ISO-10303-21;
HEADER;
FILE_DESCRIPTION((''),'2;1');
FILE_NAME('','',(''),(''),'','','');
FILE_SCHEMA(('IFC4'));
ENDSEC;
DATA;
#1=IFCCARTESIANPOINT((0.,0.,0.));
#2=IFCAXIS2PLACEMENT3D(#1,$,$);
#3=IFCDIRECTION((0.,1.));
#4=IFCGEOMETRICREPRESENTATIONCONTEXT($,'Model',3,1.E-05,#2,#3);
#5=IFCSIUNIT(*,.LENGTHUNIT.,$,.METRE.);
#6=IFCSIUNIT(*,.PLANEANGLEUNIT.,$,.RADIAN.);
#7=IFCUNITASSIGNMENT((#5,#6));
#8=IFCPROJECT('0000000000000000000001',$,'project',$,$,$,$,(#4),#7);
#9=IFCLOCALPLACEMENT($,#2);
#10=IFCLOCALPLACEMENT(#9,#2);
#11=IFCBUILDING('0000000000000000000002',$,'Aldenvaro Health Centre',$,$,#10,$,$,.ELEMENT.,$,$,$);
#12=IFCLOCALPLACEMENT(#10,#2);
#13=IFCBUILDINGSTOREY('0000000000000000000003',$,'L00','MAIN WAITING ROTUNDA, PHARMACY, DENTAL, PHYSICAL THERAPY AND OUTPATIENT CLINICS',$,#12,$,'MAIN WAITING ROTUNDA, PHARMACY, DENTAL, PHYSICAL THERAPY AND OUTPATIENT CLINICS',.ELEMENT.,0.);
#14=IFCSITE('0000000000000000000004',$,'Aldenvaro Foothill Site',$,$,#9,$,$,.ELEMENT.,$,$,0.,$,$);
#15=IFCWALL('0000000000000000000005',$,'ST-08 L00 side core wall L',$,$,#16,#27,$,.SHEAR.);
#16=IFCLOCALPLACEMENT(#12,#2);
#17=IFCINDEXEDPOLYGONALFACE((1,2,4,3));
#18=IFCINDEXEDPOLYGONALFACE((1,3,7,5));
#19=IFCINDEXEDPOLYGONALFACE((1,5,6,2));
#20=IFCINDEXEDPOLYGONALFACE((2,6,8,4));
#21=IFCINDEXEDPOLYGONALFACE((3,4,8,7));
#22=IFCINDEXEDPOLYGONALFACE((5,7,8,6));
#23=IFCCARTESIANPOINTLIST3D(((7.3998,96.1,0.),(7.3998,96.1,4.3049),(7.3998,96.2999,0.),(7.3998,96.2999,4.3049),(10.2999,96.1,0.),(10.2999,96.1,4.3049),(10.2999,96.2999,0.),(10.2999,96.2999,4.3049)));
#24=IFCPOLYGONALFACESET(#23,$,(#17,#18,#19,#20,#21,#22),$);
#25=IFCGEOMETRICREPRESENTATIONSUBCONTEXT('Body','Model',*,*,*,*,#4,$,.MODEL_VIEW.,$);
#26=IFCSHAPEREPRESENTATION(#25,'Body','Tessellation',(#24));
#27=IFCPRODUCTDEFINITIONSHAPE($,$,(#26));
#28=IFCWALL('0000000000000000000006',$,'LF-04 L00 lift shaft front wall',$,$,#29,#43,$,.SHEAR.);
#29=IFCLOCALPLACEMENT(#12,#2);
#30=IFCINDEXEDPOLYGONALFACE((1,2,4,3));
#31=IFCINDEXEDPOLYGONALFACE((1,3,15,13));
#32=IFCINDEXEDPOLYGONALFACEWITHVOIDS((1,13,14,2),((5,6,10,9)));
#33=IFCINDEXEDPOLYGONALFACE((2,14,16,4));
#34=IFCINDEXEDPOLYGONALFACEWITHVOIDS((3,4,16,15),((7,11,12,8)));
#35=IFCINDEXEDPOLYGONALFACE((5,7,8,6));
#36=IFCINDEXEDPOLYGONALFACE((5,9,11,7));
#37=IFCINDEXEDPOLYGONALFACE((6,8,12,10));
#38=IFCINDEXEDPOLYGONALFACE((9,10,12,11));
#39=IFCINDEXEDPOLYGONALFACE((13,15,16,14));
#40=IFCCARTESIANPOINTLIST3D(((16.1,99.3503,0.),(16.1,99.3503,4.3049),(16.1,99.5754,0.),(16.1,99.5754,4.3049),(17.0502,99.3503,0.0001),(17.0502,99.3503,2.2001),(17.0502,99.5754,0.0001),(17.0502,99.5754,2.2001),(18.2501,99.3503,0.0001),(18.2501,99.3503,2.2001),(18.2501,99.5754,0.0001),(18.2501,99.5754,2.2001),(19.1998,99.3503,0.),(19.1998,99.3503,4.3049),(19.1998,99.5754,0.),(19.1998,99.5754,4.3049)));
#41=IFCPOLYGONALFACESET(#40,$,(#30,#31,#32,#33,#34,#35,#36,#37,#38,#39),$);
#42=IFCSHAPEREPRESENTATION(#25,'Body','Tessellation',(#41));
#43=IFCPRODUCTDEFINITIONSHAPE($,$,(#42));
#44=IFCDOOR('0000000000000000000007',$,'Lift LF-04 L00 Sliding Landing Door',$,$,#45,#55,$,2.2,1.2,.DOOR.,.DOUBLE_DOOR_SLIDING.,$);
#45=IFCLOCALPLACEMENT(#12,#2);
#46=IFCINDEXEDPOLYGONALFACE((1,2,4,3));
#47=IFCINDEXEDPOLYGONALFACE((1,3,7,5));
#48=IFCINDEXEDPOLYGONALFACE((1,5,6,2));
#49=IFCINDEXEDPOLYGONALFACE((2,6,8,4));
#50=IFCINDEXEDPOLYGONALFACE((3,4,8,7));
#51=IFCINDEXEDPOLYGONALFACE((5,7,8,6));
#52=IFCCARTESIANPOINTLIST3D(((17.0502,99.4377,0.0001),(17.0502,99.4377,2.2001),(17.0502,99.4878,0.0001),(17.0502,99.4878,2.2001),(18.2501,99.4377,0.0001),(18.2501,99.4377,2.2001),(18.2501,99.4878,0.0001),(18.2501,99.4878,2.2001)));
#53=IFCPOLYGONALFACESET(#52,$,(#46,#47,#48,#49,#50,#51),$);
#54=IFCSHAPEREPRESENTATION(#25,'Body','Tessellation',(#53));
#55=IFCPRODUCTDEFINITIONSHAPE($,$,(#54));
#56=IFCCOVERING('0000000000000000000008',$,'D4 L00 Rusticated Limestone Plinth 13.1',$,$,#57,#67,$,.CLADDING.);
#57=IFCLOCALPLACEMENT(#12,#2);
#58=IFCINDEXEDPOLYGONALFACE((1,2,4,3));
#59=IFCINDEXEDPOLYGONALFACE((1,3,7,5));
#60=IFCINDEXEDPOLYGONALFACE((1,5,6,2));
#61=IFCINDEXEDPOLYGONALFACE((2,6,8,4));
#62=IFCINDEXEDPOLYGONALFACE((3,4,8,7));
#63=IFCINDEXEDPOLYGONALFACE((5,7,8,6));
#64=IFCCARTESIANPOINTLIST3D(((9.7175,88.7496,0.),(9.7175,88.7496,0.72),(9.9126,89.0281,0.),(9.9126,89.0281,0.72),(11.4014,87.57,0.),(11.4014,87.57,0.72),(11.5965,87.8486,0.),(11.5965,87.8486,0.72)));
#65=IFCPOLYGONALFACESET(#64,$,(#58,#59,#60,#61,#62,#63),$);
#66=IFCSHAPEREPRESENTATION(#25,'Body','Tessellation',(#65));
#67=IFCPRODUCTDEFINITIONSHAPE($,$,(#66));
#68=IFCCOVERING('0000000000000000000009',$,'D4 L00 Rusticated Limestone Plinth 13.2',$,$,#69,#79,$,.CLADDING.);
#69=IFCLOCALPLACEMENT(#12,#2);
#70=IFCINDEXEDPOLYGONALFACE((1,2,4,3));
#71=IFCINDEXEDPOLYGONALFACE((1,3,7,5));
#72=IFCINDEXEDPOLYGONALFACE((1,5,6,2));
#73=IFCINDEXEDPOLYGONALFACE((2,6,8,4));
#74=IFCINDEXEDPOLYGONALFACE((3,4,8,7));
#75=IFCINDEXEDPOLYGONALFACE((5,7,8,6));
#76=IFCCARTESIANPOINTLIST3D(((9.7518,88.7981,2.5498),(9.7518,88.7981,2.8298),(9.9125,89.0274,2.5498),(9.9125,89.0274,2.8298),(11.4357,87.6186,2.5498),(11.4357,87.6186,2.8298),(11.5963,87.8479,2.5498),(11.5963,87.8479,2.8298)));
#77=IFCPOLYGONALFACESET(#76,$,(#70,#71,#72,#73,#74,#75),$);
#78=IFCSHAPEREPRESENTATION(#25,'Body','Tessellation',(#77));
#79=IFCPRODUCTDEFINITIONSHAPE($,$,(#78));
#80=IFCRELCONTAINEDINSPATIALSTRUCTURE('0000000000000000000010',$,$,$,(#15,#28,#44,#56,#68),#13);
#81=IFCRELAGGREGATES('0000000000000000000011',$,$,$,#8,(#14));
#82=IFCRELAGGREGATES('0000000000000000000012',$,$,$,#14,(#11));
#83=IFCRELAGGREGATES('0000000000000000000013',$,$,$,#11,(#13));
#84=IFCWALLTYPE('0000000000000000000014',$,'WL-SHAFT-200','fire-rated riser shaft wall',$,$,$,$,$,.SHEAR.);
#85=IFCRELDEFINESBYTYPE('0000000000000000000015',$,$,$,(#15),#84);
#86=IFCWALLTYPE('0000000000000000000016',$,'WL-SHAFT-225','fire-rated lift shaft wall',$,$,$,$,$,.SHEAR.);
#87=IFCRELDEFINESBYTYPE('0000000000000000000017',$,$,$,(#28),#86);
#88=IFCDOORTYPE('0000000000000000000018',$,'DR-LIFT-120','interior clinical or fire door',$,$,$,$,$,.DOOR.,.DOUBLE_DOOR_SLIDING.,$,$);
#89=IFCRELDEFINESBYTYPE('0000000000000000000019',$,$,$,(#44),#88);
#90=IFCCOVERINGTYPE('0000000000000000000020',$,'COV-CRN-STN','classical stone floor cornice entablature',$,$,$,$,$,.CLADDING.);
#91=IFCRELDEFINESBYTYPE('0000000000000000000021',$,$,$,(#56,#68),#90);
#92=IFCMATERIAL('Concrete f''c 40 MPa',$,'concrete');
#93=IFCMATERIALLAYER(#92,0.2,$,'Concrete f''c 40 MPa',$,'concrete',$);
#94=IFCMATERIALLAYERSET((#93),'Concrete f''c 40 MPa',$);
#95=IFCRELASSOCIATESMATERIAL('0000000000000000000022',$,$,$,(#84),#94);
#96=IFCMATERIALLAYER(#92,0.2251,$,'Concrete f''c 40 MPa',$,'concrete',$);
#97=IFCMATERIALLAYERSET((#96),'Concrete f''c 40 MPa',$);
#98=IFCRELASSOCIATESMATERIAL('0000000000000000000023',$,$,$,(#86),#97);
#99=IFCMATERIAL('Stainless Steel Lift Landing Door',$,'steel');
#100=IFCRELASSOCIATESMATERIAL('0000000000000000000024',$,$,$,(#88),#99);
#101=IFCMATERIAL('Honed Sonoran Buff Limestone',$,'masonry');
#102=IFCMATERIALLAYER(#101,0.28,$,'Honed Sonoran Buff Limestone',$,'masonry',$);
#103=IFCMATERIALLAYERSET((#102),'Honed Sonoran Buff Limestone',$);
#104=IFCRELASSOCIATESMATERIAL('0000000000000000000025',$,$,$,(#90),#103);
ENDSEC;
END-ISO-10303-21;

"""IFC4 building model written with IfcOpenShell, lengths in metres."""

from ifc_helpers import new_model, si_unit, direction, frame, frame_2d, origin, origin_2d, place, context, subcontext, project, spatial, rectangle, extrude, material, layer, layer_set, type_object, element, fill, save


model = new_model("IFC4")

# Units and contexts
model_context = context("Model", 3, precision=1e-05, world=origin(), true_north=direction((0.0, 1.0)))
body_context = subcontext(model_context, "Body", "Model", "MODEL_VIEW")
ifc_project = project(units=[si_unit("LENGTHUNIT", "METRE"), si_unit("PLANEANGLEUNIT", "RADIAN")], contexts=[model_context])

# Site, building, storey
site_placement = place(None, origin())
site = spatial("IfcSite", under=ifc_project, at=site_placement, Name="Aldenvaro Foothill Site", CompositionType="ELEMENT", RefElevation=0.0)
building_placement = place(site_placement, origin())
building = spatial("IfcBuilding", under=site, at=building_placement, Name="Aldenvaro Health Centre", CompositionType="ELEMENT")
storey_placement = place(building_placement, origin())
storey = spatial("IfcBuildingStorey", under=building, at=storey_placement, Name="L00", Description="MAIN WAITING ROTUNDA, PHARMACY, DENTAL, PHYSICAL THERAPY AND OUTPATIENT CLINICS", LongName="MAIN WAITING ROTUNDA, PHARMACY, DENTAL, PHYSICAL THERAPY AND OUTPATIENT CLINICS", CompositionType="ELEMENT", Elevation=0.0)

# Shared definitions
ifc_material_1 = material(Name="Concrete f'c 40 MPa", Category="concrete")

# Shared definitions
ifc_layer_1 = layer(ifc_material_1, 0.2, Name="Concrete f'c 40 MPa", Category="concrete")
ifc_layer_set_1 = layer_set([ifc_layer_1], Name="Concrete f'c 40 MPa")
wall_type_1 = type_object("IfcWallType", Name="WL-SHAFT-200", Description="fire-rated riser shaft wall", PredefinedType="SHEAR", material=ifc_layer_set_1)

# Wall
wall_1_placement = place(storey_placement, frame((10.3, 96.2, 0.0), z_axis=(0.0, 0.0, 1.0), x_axis=(-1.0, 0.0, 0.0)))
element("IfcWall", 1, at=wall_1_placement, inside=storey, type_object=wall_type_1, Name="ST-08 L00 side core wall L", PredefinedType="SHEAR", context=body_context, shape_type="SweptSolid", body=[
    extrude(rectangle(XDim=2.9001, YDim=0.2, at=frame_2d((1.4502, 0.0))), origin(), (0.0, 0.0, 1.0), 4.3049),
])

# Wall, opening, door
ifc_layer_2 = layer(ifc_material_1, 0.2251, Name="Concrete f'c 40 MPa", Category="concrete")
ifc_layer_set_2 = layer_set([ifc_layer_2], Name="Concrete f'c 40 MPa")
wall_type_2 = type_object("IfcWallType", Name="WL-SHAFT-225", Description="fire-rated lift shaft wall", PredefinedType="SHEAR", material=ifc_layer_set_2)
wall_2_placement = place(storey_placement, frame((16.1001, 99.4629, 0.0), z_axis=(0.0, 0.0, 1.0), x_axis=(1.0, 0.0, 0.0)))
wall_2 = element("IfcWall", 2, at=wall_2_placement, inside=storey, type_object=wall_type_2, Name="LF-04 L00 lift shaft front wall", PredefinedType="SHEAR", context=body_context, shape_type="SweptSolid", body=[
    extrude(rectangle(XDim=3.0999, YDim=0.2251, at=frame_2d((1.5498, 0.0))), origin(), (0.0, 0.0, 1.0), 4.3049),
])
opening_1_placement = place(wall_2_placement, frame((0.95, 0.0, 0.0)))
opening_1 = element("IfcOpeningElement", 3, at=opening_1_placement, cuts=wall_2, PredefinedType="OPENING", context=body_context, shape_type="SweptSolid", body=[
    extrude(rectangle(XDim=1.2, YDim=2.2, at=frame_2d((0.6001, 1.1001))), frame((0.0, 0.1226, 0.0), z_axis=(0.0, -1.0, 0.0), x_axis=(1.0, 0.0, 0.0)), (0.0, 0.0, 1.0), 0.2451),
])
ifc_material_2 = material(Name="Stainless Steel Lift Landing Door", Category="steel")
door_type_1 = type_object("IfcDoorType", Name="DR-LIFT-120", Description="interior clinical or fire door", OperationType="DOUBLE_DOOR_SLIDING", PredefinedType="DOOR", material=ifc_material_2)
door_1_placement = place(opening_1_placement, origin())
door_1 = element("IfcDoor", 4, at=door_1_placement, inside=storey, type_object=door_type_1, Name="Lift LF-04 L00 Sliding Landing Door", OperationType="DOUBLE_DOOR_SLIDING", OverallHeight=2.2, OverallWidth=1.2, PredefinedType="DOOR", context=body_context, shape_type="SweptSolid", body=[
    extrude(rectangle(XDim=1.2, YDim=2.2, at=frame_2d((0.6001, 1.1001))), frame((0.0, 0.0249, 0.0), z_axis=(0.0, -1.0, 0.0), x_axis=(1.0, 0.0, 0.0)), (0.0, 0.0, 1.0), 0.05),
])
fill(opening_1, door_1)

# Coverings
ifc_material_3 = material(Name="Honed Sonoran Buff Limestone", Category="masonry")
ifc_layer_3 = layer(ifc_material_3, 0.28, Name="Honed Sonoran Buff Limestone", Category="masonry")
ifc_layer_set_3 = layer_set([ifc_layer_3], Name="Honed Sonoran Buff Limestone")
covering_type = type_object("IfcCoveringType", Name="COV-CRN-STN", Description="classical stone floor cornice entablature", PredefinedType="CLADDING", material=ifc_layer_set_3)
covering_1_placement = place(storey_placement, frame((10.657, 88.2991, 0.0), z_axis=(0.0, 0.0, 1.0), x_axis=(-0.819051, 0.573721, 0.0)))
element("IfcCovering", 5, at=covering_1_placement, inside=storey, type_object=covering_type, Name="D4 L00 Rusticated Limestone Plinth 13.1", PredefinedType="CLADDING", context=body_context, shape_type="SweptSolid", body=[
    extrude(rectangle(XDim=2.0559, YDim=0.3401, at=origin_2d()), origin(), (0.0, 0.0, 1.0), 0.72),
])
covering_2_placement = place(storey_placement, frame((10.6741, 88.323, 2.5498), z_axis=(0.0, 0.0, 1.0), x_axis=(-0.819051, 0.573721, 0.0)))
element("IfcCovering", 6, at=covering_2_placement, inside=storey, type_object=covering_type, Name="D4 L00 Rusticated Limestone Plinth 13.2", PredefinedType="CLADDING", context=body_context, shape_type="SweptSolid", body=[
    extrude(rectangle(XDim=2.0559, YDim=0.28, at=origin_2d()), origin(), (0.0, 0.0, 1.0), 0.28),
])

save(model, "model.ifc")
